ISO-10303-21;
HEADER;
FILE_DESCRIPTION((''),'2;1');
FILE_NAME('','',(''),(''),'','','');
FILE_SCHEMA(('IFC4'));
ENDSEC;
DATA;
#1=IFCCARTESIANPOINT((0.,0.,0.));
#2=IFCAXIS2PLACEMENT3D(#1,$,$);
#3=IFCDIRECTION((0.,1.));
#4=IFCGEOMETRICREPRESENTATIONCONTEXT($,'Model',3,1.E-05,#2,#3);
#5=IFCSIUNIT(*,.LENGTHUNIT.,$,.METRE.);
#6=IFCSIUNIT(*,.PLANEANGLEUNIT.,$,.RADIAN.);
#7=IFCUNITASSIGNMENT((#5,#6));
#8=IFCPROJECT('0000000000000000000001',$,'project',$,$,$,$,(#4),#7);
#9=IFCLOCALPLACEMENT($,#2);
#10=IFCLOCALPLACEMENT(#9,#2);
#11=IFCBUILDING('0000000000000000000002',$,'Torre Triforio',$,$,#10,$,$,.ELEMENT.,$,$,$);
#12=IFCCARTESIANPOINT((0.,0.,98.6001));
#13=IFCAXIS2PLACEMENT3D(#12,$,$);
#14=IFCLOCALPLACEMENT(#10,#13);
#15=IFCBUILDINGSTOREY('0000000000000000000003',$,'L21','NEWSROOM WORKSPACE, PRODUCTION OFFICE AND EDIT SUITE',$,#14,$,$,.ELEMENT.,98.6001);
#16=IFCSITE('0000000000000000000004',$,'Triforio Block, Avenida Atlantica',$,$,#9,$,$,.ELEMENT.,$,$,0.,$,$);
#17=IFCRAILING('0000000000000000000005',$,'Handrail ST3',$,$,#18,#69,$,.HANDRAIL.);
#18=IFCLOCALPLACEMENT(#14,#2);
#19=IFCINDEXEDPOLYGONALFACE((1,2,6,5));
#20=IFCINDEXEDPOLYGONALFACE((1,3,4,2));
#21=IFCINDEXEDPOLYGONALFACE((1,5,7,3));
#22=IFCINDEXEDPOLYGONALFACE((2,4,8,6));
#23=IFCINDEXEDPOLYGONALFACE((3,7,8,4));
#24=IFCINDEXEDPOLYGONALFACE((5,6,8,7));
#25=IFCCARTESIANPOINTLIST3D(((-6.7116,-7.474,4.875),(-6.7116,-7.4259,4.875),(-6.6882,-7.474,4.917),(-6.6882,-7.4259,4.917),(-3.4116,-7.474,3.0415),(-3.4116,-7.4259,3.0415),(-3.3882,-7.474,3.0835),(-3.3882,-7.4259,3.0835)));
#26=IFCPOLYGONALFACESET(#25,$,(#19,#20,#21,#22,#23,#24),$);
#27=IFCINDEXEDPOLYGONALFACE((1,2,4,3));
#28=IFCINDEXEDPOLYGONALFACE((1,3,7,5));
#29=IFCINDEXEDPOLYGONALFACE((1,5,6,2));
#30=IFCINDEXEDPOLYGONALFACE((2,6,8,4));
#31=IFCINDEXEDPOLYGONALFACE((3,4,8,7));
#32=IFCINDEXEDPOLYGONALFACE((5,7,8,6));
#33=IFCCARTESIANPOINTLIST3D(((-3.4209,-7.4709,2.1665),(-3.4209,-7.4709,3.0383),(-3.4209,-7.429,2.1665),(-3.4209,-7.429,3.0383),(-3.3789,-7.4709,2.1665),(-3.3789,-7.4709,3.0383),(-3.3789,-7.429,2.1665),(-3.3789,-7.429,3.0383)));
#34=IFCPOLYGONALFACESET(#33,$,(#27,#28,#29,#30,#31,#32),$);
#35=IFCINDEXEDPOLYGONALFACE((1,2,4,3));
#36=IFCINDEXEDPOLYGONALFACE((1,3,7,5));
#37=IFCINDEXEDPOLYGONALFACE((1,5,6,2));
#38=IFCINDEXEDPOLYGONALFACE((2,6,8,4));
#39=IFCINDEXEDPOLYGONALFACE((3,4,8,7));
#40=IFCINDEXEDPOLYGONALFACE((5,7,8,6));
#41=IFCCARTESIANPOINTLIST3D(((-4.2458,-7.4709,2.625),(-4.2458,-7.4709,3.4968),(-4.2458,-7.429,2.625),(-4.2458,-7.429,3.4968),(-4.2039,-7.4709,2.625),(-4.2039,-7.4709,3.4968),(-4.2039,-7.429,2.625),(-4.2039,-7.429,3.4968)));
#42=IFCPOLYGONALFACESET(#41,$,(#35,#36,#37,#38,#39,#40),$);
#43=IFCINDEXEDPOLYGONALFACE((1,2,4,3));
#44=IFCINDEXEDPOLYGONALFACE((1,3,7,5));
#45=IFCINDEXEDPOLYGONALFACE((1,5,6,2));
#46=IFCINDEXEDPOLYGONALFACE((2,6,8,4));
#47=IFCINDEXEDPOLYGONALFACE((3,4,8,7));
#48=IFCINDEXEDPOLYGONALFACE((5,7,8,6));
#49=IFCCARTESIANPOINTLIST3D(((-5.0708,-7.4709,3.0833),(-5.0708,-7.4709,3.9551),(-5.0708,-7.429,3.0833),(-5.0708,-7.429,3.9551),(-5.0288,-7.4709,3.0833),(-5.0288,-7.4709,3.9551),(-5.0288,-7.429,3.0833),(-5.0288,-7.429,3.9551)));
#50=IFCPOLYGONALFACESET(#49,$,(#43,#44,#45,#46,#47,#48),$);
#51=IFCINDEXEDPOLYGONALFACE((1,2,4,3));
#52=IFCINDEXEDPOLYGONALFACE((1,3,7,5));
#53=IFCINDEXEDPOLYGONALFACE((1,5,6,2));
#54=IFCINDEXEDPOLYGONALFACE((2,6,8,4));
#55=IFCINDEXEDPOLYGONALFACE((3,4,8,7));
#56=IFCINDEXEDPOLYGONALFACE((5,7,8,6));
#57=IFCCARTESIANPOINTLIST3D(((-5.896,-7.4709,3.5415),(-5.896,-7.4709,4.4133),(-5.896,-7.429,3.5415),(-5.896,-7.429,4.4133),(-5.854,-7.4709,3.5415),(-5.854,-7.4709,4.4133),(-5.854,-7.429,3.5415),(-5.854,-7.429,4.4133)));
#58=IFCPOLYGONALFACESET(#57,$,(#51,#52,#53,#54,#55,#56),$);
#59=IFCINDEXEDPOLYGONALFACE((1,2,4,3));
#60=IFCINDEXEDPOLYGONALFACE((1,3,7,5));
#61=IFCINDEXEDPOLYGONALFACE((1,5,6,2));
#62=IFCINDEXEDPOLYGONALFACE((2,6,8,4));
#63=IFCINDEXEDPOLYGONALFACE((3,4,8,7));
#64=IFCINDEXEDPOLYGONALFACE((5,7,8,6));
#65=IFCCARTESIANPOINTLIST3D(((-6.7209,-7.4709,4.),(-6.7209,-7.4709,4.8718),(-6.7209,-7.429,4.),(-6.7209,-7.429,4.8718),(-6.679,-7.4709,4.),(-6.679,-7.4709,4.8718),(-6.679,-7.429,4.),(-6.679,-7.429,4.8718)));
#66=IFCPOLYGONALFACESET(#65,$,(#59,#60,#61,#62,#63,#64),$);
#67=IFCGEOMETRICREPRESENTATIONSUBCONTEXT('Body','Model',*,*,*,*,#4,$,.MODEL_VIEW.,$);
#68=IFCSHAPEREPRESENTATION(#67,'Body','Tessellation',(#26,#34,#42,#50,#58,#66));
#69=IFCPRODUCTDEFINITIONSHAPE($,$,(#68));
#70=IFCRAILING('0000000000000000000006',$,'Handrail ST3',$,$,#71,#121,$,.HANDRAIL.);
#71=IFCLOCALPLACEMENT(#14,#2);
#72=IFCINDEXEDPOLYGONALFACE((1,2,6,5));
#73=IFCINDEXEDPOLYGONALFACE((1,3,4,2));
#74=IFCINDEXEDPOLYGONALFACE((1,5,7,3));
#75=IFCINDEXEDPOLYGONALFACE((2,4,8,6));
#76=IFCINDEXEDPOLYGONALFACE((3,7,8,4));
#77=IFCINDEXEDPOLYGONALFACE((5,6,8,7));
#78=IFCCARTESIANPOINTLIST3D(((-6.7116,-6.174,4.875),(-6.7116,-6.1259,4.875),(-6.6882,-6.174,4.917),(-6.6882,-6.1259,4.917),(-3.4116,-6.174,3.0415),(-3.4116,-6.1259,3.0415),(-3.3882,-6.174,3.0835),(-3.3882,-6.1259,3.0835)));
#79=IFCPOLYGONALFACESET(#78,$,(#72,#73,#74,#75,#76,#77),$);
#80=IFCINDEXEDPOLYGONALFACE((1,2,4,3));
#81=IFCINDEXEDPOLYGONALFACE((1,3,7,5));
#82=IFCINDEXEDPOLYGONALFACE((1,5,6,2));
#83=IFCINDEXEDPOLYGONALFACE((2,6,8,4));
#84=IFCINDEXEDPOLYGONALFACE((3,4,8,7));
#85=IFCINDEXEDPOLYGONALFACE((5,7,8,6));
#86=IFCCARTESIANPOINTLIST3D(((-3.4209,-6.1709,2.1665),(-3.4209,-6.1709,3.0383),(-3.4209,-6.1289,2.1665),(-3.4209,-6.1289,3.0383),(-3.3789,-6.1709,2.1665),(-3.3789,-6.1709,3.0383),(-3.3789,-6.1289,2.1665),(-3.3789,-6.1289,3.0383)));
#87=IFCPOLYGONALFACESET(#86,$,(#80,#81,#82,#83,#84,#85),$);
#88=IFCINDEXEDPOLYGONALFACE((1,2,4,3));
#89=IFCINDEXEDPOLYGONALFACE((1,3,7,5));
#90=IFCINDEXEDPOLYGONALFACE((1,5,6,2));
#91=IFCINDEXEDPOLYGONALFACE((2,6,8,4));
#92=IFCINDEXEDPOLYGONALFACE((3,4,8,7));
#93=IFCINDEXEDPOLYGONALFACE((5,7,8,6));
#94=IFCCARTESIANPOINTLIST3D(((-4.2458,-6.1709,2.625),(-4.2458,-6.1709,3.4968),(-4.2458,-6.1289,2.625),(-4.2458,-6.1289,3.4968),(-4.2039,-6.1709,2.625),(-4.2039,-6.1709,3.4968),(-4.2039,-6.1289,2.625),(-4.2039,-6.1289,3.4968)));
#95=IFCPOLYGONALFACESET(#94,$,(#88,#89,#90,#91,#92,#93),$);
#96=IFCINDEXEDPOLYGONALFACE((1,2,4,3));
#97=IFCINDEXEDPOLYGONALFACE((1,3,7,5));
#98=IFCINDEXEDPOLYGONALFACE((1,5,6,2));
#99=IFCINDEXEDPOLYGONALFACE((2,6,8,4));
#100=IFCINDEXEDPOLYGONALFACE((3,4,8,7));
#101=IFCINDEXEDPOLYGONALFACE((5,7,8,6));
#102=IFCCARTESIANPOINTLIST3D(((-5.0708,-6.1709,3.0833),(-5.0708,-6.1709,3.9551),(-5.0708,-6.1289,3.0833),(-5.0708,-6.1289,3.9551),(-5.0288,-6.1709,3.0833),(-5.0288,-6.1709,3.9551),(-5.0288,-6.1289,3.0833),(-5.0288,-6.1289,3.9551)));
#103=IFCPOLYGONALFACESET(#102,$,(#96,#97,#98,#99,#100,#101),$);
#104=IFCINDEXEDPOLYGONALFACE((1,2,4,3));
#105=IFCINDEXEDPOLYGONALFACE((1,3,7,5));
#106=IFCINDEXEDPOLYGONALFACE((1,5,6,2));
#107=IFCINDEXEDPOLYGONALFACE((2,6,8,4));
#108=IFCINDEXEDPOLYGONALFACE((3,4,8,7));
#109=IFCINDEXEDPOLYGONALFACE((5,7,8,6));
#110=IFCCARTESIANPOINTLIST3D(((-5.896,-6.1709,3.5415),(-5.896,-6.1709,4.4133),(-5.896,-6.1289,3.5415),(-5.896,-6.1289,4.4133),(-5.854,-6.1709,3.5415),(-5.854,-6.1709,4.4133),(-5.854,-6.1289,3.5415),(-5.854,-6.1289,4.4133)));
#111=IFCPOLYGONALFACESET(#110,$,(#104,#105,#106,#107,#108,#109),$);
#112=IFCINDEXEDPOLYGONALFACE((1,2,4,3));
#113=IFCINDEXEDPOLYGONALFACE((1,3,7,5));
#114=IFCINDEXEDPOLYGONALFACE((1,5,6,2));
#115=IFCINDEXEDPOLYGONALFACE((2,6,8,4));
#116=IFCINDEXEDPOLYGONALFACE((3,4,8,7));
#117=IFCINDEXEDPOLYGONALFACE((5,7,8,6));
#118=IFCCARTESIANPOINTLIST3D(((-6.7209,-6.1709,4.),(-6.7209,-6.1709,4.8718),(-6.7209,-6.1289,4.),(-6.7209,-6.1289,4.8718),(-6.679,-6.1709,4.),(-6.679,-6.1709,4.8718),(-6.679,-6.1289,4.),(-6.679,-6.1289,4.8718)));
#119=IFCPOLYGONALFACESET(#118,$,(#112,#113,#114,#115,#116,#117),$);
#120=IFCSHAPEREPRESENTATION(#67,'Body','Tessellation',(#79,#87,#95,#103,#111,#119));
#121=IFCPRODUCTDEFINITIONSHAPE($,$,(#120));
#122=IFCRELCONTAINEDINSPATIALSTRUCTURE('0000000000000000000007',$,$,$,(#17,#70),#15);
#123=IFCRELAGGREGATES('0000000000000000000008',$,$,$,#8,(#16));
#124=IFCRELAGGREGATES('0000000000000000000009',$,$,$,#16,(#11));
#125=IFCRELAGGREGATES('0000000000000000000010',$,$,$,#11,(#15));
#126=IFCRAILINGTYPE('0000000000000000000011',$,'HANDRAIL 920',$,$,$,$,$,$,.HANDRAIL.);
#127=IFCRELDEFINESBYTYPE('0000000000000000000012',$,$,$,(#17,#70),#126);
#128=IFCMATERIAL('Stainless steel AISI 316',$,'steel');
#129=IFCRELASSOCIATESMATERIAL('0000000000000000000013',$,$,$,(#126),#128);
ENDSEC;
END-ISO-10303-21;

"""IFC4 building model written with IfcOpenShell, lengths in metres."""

from ifc_helpers import new_model, si_unit, direction, frame, origin, origin_2d, place, context, subcontext, project, spatial, rectangle, extrude, material, type_object, element, save


model = new_model("IFC4")

# Units and contexts
model_context = context("Model", 3, precision=1e-05, world=origin(), true_north=direction((0.0, 1.0)))
body_context = subcontext(model_context, "Body", "Model", "MODEL_VIEW")
ifc_project = project(units=[si_unit("LENGTHUNIT", "METRE"), si_unit("PLANEANGLEUNIT", "RADIAN")], contexts=[model_context])

# Site, building, storey
site_placement = place(None, origin())
site = spatial("IfcSite", under=ifc_project, at=site_placement, Name="Triforio Block, Avenida Atlantica", CompositionType="ELEMENT", RefElevation=0.0)
building_placement = place(site_placement, origin())
building = spatial("IfcBuilding", under=site, at=building_placement, Name="Torre Triforio", CompositionType="ELEMENT")
storey_placement = place(building_placement, frame((0.0, 0.0, 98.6001)))
storey = spatial("IfcBuildingStorey", under=building, at=storey_placement, Name="L21", Description="NEWSROOM WORKSPACE, PRODUCTION OFFICE AND EDIT SUITE", CompositionType="ELEMENT", Elevation=98.6001)

# Railings
ifc_material_1 = material(Name="Stainless steel AISI 316", Category="steel")
railing_type = type_object("IfcRailingType", Name="HANDRAIL 920", PredefinedType="HANDRAIL", material=ifc_material_1)
for number, where, name in (
    (1, (-3.3999, -7.45, 2.1665), "Handrail ST3"),
    (2, (-3.3999, -6.1499, 2.1665), "Handrail ST3"),
):
    element("IfcRailing", number, at=place(storey_placement, frame(where)), inside=storey, type_object=railing_type, Name=name, PredefinedType="HANDRAIL", context=body_context, shape_type="SweptSolid", body=[
        extrude(rectangle(XDim=0.0481, YDim=0.0481, at=origin_2d()), frame((0.0, 0.0, 0.896), z_axis=(-0.874142, 0.0, 0.48567), x_axis=(0.0, -1.0, 0.0)), (0.0, 0.0, 1.0), 3.7751),
        extrude(rectangle(XDim=0.042, YDim=0.042, at=origin_2d()), origin(), (0.0, 0.0, 1.0), 0.8718),
        extrude(rectangle(XDim=0.042, YDim=0.042, at=origin_2d()), frame((-0.825, 0.0, 0.4585)), (0.0, 0.0, 1.0), 0.8718),
        extrude(rectangle(XDim=0.042, YDim=0.042, at=origin_2d()), frame((-1.6499, 0.0, 0.9167)), (0.0, 0.0, 1.0), 0.8718),
        extrude(rectangle(XDim=0.042, YDim=0.042, at=origin_2d()), frame((-2.4751, 0.0, 1.375)), (0.0, 0.0, 1.0), 0.8718),
        extrude(rectangle(XDim=0.042, YDim=0.042, at=origin_2d()), frame((-3.3, 0.0, 1.8335)), (0.0, 0.0, 1.0), 0.8718),
    ])

save(model, "model.ifc")
